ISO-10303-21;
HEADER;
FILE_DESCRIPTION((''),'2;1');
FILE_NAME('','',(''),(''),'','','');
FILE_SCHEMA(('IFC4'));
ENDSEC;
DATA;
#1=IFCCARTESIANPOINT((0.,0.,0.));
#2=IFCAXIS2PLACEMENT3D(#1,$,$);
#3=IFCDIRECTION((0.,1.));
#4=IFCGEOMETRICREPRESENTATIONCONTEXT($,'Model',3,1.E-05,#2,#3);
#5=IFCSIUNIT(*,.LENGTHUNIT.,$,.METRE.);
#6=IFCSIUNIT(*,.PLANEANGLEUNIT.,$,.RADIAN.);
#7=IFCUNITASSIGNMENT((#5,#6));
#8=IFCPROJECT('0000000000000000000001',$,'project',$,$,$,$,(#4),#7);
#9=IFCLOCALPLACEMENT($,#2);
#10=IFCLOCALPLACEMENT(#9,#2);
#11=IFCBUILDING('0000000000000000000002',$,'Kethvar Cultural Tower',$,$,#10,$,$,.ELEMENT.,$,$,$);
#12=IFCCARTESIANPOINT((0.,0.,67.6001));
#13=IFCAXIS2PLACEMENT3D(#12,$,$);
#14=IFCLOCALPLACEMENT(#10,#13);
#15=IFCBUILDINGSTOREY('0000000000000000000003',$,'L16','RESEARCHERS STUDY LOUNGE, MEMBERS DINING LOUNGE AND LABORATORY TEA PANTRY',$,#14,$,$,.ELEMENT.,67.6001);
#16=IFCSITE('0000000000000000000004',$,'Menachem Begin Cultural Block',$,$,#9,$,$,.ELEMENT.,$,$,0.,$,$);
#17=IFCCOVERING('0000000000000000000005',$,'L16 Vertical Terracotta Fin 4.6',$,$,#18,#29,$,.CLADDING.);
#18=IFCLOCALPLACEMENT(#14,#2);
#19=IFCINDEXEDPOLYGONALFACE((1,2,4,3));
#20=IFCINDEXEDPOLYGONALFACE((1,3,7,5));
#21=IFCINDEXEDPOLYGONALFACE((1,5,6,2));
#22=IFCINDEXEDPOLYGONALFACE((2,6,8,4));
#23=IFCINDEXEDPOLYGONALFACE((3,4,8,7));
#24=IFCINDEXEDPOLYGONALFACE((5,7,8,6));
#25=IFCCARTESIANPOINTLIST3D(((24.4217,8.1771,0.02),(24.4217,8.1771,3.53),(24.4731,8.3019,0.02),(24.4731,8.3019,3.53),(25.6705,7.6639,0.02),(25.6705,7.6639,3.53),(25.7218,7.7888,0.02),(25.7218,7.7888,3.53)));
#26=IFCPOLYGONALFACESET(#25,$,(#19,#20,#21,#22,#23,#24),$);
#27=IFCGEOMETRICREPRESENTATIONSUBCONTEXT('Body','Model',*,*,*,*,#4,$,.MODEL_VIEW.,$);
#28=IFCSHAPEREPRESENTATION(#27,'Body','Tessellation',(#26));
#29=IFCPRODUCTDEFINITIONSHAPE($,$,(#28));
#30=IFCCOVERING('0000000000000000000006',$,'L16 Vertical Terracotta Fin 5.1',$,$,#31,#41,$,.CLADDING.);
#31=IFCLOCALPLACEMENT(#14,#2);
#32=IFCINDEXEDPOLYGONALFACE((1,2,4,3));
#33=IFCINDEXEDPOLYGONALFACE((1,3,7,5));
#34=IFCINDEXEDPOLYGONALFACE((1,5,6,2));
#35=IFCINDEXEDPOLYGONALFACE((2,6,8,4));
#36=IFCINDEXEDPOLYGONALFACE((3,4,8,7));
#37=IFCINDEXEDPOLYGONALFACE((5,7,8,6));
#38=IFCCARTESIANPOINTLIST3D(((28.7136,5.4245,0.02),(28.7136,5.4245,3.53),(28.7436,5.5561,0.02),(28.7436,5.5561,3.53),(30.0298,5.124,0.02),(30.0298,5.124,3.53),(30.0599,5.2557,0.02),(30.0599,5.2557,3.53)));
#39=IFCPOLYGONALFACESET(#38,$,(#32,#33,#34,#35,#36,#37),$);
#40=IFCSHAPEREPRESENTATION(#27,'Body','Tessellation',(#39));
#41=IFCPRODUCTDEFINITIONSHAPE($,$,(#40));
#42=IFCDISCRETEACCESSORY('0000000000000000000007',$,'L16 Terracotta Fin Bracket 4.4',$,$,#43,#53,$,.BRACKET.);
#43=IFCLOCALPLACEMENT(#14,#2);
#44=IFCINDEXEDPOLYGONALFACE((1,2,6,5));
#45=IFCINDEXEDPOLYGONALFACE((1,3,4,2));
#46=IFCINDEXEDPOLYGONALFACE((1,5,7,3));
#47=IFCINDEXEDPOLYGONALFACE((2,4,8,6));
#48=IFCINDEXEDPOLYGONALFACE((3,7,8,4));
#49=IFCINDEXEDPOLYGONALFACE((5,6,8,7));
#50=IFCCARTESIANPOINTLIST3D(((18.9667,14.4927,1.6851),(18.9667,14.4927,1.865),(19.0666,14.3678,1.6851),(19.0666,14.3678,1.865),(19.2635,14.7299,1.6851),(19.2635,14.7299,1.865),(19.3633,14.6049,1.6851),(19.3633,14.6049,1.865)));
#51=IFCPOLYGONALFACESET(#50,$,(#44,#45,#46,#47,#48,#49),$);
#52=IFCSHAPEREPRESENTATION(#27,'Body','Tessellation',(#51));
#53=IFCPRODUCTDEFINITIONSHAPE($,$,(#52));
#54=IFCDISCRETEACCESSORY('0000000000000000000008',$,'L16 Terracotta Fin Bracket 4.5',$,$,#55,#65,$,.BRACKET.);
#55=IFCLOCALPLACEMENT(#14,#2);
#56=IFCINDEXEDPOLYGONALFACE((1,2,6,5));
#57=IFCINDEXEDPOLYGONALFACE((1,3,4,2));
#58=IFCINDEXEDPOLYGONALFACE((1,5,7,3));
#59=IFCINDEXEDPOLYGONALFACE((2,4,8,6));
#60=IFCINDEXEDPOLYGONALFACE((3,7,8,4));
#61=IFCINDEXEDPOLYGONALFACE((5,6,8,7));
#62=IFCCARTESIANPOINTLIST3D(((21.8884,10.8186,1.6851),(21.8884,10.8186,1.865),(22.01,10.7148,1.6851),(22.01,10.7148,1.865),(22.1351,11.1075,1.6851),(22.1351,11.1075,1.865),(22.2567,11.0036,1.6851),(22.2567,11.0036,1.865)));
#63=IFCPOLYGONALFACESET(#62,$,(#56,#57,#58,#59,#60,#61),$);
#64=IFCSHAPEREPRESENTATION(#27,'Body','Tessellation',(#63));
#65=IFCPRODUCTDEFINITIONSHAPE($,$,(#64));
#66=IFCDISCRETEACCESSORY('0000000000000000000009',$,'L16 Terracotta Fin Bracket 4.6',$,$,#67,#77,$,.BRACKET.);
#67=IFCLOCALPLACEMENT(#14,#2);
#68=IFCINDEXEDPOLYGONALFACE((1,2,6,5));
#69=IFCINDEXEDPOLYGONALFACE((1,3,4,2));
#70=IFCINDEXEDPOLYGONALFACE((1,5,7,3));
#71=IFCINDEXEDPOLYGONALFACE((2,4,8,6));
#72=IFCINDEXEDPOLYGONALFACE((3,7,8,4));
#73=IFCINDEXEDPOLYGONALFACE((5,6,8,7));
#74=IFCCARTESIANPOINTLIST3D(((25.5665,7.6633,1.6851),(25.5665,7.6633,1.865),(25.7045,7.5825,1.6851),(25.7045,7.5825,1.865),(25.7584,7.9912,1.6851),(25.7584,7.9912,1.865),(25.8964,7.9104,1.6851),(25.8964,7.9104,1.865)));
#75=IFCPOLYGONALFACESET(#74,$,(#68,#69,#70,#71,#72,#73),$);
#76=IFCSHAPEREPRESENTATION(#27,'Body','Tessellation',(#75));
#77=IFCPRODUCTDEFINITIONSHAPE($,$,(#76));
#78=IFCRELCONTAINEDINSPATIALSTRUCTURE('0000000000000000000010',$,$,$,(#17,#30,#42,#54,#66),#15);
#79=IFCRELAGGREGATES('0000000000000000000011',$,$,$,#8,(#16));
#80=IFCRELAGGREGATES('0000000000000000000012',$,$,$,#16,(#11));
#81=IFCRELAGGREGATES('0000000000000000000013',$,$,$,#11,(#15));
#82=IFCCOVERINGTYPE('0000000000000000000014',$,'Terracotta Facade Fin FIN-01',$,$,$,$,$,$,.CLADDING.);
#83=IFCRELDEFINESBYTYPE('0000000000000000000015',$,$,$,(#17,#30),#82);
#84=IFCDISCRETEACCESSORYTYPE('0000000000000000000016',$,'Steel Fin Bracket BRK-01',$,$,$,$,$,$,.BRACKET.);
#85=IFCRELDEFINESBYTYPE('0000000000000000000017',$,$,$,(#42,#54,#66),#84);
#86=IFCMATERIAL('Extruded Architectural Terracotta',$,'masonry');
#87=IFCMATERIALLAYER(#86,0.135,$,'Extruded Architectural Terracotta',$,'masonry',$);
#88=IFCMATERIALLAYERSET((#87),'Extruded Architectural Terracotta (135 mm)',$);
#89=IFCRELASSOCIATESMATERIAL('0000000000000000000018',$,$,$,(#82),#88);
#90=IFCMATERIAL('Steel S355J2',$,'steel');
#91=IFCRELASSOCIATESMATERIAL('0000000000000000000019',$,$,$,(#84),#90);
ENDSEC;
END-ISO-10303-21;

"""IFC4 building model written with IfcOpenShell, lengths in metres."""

from ifc_helpers import new_model, si_unit, direction, frame, origin, origin_2d, place, context, subcontext, project, spatial, rectangle, extrude, source, transform, mapped, material, layer, layer_set, type_object, element, save


model = new_model("IFC4")

# Units and contexts
model_context = context("Model", 3, precision=1e-05, world=origin(), true_north=direction((0.0, 1.0)))
body_context = subcontext(model_context, "Body", "Model", "MODEL_VIEW")
ifc_project = project(units=[si_unit("LENGTHUNIT", "METRE"), si_unit("PLANEANGLEUNIT", "RADIAN")], contexts=[model_context])

# Site, building, storey
site_placement = place(None, origin())
site = spatial("IfcSite", under=ifc_project, at=site_placement, Name="Menachem Begin Cultural Block", CompositionType="ELEMENT", RefElevation=0.0)
building_placement = place(site_placement, origin())
building = spatial("IfcBuilding", under=site, at=building_placement, Name="Kethvar Cultural Tower", CompositionType="ELEMENT")
storey_placement = place(building_placement, frame((0.0, 0.0, 67.6001)))
storey = spatial("IfcBuildingStorey", under=building, at=storey_placement, Name="L16", Description="RESEARCHERS STUDY LOUNGE, MEMBERS DINING LOUNGE AND LABORATORY TEA PANTRY", CompositionType="ELEMENT", Elevation=67.6001)

# Shared definitions
ifc_material_1 = material(Name="Steel S355J2", Category="steel")

# Coverings
ifc_material_2 = material(Name="Extruded Architectural Terracotta", Category="masonry")
ifc_layer_1 = layer(ifc_material_2, 0.135, Name="Extruded Architectural Terracotta", Category="masonry")
ifc_layer_set_1 = layer_set([ifc_layer_1], Name="Extruded Architectural Terracotta (135 mm)")
covering_type = type_object("IfcCoveringType", Name="Terracotta Facade Fin FIN-01", PredefinedType="CLADDING", material=ifc_layer_set_1)
shared_shape_1 = source(origin(), body_context, "Body", "SweptSolid", [
    extrude(rectangle(XDim=1.3501, YDim=0.135, at=origin_2d()), origin(), (0.0, 0.0, 1.0), 3.51),
])
for number, where, z_axis, x_axis, name in (
    (1, (25.0718, 7.9829, 0.02), (0.0, 0.0, 1.0), (-0.924945, 0.380102, 0.0), "L16 Vertical Terracotta Fin 4.6"),
    (2, (29.3867, 5.3401, 0.02), (0.0, 0.0, 1.0), (-0.974917, 0.22257, 0.0), "L16 Vertical Terracotta Fin 5.1"),
):
    element("IfcCovering", number, at=place(storey_placement, frame(where, z_axis=z_axis, x_axis=x_axis)), inside=storey, type_object=covering_type, Name=name, PredefinedType="CLADDING", context=body_context, shape_type="MappedRepresentation", body=[
        mapped(shared_shape_1, transform((0.0, 0.0, 0.0), scale=1.0)),
    ])

# Discrete accessories
discrete_accessory_type = type_object("IfcDiscreteAccessoryType", Name="Steel Fin Bracket BRK-01", PredefinedType="BRACKET", material=ifc_material_1)
shared_shape_2 = source(origin(), body_context, "Body", "SweptSolid", [
    extrude(rectangle(XDim=0.3799, YDim=0.1599, at=origin_2d()), origin(), (0.0, 0.0, 1.0), 0.1799),
])
for number, where, z_axis, x_axis, name in (
    (3, (19.165, 14.5488, 1.6851), (0.0, 0.0, 1.0), (-0.781194, -0.624289, 0.0), "L16 Terracotta Fin Bracket 4.4"),
    (4, (22.0725, 10.9111, 1.6851), (0.0, 0.0, 1.0), (-0.649448, -0.760406, 0.0), "L16 Terracotta Fin Bracket 4.5"),
    (5, (25.7314, 7.7869, 1.6851), (0.0, 0.0, 1.0), (-0.50513, -0.863043, 0.0), "L16 Terracotta Fin Bracket 4.6"),
):
    element("IfcDiscreteAccessory", number, at=place(storey_placement, frame(where, z_axis=z_axis, x_axis=x_axis)), inside=storey, type_object=discrete_accessory_type, Name=name, PredefinedType="BRACKET", context=body_context, shape_type="MappedRepresentation", body=[
        mapped(shared_shape_2, transform((0.0, 0.0, 0.0), scale=1.0)),
    ])

save(model, "model.ifc")
